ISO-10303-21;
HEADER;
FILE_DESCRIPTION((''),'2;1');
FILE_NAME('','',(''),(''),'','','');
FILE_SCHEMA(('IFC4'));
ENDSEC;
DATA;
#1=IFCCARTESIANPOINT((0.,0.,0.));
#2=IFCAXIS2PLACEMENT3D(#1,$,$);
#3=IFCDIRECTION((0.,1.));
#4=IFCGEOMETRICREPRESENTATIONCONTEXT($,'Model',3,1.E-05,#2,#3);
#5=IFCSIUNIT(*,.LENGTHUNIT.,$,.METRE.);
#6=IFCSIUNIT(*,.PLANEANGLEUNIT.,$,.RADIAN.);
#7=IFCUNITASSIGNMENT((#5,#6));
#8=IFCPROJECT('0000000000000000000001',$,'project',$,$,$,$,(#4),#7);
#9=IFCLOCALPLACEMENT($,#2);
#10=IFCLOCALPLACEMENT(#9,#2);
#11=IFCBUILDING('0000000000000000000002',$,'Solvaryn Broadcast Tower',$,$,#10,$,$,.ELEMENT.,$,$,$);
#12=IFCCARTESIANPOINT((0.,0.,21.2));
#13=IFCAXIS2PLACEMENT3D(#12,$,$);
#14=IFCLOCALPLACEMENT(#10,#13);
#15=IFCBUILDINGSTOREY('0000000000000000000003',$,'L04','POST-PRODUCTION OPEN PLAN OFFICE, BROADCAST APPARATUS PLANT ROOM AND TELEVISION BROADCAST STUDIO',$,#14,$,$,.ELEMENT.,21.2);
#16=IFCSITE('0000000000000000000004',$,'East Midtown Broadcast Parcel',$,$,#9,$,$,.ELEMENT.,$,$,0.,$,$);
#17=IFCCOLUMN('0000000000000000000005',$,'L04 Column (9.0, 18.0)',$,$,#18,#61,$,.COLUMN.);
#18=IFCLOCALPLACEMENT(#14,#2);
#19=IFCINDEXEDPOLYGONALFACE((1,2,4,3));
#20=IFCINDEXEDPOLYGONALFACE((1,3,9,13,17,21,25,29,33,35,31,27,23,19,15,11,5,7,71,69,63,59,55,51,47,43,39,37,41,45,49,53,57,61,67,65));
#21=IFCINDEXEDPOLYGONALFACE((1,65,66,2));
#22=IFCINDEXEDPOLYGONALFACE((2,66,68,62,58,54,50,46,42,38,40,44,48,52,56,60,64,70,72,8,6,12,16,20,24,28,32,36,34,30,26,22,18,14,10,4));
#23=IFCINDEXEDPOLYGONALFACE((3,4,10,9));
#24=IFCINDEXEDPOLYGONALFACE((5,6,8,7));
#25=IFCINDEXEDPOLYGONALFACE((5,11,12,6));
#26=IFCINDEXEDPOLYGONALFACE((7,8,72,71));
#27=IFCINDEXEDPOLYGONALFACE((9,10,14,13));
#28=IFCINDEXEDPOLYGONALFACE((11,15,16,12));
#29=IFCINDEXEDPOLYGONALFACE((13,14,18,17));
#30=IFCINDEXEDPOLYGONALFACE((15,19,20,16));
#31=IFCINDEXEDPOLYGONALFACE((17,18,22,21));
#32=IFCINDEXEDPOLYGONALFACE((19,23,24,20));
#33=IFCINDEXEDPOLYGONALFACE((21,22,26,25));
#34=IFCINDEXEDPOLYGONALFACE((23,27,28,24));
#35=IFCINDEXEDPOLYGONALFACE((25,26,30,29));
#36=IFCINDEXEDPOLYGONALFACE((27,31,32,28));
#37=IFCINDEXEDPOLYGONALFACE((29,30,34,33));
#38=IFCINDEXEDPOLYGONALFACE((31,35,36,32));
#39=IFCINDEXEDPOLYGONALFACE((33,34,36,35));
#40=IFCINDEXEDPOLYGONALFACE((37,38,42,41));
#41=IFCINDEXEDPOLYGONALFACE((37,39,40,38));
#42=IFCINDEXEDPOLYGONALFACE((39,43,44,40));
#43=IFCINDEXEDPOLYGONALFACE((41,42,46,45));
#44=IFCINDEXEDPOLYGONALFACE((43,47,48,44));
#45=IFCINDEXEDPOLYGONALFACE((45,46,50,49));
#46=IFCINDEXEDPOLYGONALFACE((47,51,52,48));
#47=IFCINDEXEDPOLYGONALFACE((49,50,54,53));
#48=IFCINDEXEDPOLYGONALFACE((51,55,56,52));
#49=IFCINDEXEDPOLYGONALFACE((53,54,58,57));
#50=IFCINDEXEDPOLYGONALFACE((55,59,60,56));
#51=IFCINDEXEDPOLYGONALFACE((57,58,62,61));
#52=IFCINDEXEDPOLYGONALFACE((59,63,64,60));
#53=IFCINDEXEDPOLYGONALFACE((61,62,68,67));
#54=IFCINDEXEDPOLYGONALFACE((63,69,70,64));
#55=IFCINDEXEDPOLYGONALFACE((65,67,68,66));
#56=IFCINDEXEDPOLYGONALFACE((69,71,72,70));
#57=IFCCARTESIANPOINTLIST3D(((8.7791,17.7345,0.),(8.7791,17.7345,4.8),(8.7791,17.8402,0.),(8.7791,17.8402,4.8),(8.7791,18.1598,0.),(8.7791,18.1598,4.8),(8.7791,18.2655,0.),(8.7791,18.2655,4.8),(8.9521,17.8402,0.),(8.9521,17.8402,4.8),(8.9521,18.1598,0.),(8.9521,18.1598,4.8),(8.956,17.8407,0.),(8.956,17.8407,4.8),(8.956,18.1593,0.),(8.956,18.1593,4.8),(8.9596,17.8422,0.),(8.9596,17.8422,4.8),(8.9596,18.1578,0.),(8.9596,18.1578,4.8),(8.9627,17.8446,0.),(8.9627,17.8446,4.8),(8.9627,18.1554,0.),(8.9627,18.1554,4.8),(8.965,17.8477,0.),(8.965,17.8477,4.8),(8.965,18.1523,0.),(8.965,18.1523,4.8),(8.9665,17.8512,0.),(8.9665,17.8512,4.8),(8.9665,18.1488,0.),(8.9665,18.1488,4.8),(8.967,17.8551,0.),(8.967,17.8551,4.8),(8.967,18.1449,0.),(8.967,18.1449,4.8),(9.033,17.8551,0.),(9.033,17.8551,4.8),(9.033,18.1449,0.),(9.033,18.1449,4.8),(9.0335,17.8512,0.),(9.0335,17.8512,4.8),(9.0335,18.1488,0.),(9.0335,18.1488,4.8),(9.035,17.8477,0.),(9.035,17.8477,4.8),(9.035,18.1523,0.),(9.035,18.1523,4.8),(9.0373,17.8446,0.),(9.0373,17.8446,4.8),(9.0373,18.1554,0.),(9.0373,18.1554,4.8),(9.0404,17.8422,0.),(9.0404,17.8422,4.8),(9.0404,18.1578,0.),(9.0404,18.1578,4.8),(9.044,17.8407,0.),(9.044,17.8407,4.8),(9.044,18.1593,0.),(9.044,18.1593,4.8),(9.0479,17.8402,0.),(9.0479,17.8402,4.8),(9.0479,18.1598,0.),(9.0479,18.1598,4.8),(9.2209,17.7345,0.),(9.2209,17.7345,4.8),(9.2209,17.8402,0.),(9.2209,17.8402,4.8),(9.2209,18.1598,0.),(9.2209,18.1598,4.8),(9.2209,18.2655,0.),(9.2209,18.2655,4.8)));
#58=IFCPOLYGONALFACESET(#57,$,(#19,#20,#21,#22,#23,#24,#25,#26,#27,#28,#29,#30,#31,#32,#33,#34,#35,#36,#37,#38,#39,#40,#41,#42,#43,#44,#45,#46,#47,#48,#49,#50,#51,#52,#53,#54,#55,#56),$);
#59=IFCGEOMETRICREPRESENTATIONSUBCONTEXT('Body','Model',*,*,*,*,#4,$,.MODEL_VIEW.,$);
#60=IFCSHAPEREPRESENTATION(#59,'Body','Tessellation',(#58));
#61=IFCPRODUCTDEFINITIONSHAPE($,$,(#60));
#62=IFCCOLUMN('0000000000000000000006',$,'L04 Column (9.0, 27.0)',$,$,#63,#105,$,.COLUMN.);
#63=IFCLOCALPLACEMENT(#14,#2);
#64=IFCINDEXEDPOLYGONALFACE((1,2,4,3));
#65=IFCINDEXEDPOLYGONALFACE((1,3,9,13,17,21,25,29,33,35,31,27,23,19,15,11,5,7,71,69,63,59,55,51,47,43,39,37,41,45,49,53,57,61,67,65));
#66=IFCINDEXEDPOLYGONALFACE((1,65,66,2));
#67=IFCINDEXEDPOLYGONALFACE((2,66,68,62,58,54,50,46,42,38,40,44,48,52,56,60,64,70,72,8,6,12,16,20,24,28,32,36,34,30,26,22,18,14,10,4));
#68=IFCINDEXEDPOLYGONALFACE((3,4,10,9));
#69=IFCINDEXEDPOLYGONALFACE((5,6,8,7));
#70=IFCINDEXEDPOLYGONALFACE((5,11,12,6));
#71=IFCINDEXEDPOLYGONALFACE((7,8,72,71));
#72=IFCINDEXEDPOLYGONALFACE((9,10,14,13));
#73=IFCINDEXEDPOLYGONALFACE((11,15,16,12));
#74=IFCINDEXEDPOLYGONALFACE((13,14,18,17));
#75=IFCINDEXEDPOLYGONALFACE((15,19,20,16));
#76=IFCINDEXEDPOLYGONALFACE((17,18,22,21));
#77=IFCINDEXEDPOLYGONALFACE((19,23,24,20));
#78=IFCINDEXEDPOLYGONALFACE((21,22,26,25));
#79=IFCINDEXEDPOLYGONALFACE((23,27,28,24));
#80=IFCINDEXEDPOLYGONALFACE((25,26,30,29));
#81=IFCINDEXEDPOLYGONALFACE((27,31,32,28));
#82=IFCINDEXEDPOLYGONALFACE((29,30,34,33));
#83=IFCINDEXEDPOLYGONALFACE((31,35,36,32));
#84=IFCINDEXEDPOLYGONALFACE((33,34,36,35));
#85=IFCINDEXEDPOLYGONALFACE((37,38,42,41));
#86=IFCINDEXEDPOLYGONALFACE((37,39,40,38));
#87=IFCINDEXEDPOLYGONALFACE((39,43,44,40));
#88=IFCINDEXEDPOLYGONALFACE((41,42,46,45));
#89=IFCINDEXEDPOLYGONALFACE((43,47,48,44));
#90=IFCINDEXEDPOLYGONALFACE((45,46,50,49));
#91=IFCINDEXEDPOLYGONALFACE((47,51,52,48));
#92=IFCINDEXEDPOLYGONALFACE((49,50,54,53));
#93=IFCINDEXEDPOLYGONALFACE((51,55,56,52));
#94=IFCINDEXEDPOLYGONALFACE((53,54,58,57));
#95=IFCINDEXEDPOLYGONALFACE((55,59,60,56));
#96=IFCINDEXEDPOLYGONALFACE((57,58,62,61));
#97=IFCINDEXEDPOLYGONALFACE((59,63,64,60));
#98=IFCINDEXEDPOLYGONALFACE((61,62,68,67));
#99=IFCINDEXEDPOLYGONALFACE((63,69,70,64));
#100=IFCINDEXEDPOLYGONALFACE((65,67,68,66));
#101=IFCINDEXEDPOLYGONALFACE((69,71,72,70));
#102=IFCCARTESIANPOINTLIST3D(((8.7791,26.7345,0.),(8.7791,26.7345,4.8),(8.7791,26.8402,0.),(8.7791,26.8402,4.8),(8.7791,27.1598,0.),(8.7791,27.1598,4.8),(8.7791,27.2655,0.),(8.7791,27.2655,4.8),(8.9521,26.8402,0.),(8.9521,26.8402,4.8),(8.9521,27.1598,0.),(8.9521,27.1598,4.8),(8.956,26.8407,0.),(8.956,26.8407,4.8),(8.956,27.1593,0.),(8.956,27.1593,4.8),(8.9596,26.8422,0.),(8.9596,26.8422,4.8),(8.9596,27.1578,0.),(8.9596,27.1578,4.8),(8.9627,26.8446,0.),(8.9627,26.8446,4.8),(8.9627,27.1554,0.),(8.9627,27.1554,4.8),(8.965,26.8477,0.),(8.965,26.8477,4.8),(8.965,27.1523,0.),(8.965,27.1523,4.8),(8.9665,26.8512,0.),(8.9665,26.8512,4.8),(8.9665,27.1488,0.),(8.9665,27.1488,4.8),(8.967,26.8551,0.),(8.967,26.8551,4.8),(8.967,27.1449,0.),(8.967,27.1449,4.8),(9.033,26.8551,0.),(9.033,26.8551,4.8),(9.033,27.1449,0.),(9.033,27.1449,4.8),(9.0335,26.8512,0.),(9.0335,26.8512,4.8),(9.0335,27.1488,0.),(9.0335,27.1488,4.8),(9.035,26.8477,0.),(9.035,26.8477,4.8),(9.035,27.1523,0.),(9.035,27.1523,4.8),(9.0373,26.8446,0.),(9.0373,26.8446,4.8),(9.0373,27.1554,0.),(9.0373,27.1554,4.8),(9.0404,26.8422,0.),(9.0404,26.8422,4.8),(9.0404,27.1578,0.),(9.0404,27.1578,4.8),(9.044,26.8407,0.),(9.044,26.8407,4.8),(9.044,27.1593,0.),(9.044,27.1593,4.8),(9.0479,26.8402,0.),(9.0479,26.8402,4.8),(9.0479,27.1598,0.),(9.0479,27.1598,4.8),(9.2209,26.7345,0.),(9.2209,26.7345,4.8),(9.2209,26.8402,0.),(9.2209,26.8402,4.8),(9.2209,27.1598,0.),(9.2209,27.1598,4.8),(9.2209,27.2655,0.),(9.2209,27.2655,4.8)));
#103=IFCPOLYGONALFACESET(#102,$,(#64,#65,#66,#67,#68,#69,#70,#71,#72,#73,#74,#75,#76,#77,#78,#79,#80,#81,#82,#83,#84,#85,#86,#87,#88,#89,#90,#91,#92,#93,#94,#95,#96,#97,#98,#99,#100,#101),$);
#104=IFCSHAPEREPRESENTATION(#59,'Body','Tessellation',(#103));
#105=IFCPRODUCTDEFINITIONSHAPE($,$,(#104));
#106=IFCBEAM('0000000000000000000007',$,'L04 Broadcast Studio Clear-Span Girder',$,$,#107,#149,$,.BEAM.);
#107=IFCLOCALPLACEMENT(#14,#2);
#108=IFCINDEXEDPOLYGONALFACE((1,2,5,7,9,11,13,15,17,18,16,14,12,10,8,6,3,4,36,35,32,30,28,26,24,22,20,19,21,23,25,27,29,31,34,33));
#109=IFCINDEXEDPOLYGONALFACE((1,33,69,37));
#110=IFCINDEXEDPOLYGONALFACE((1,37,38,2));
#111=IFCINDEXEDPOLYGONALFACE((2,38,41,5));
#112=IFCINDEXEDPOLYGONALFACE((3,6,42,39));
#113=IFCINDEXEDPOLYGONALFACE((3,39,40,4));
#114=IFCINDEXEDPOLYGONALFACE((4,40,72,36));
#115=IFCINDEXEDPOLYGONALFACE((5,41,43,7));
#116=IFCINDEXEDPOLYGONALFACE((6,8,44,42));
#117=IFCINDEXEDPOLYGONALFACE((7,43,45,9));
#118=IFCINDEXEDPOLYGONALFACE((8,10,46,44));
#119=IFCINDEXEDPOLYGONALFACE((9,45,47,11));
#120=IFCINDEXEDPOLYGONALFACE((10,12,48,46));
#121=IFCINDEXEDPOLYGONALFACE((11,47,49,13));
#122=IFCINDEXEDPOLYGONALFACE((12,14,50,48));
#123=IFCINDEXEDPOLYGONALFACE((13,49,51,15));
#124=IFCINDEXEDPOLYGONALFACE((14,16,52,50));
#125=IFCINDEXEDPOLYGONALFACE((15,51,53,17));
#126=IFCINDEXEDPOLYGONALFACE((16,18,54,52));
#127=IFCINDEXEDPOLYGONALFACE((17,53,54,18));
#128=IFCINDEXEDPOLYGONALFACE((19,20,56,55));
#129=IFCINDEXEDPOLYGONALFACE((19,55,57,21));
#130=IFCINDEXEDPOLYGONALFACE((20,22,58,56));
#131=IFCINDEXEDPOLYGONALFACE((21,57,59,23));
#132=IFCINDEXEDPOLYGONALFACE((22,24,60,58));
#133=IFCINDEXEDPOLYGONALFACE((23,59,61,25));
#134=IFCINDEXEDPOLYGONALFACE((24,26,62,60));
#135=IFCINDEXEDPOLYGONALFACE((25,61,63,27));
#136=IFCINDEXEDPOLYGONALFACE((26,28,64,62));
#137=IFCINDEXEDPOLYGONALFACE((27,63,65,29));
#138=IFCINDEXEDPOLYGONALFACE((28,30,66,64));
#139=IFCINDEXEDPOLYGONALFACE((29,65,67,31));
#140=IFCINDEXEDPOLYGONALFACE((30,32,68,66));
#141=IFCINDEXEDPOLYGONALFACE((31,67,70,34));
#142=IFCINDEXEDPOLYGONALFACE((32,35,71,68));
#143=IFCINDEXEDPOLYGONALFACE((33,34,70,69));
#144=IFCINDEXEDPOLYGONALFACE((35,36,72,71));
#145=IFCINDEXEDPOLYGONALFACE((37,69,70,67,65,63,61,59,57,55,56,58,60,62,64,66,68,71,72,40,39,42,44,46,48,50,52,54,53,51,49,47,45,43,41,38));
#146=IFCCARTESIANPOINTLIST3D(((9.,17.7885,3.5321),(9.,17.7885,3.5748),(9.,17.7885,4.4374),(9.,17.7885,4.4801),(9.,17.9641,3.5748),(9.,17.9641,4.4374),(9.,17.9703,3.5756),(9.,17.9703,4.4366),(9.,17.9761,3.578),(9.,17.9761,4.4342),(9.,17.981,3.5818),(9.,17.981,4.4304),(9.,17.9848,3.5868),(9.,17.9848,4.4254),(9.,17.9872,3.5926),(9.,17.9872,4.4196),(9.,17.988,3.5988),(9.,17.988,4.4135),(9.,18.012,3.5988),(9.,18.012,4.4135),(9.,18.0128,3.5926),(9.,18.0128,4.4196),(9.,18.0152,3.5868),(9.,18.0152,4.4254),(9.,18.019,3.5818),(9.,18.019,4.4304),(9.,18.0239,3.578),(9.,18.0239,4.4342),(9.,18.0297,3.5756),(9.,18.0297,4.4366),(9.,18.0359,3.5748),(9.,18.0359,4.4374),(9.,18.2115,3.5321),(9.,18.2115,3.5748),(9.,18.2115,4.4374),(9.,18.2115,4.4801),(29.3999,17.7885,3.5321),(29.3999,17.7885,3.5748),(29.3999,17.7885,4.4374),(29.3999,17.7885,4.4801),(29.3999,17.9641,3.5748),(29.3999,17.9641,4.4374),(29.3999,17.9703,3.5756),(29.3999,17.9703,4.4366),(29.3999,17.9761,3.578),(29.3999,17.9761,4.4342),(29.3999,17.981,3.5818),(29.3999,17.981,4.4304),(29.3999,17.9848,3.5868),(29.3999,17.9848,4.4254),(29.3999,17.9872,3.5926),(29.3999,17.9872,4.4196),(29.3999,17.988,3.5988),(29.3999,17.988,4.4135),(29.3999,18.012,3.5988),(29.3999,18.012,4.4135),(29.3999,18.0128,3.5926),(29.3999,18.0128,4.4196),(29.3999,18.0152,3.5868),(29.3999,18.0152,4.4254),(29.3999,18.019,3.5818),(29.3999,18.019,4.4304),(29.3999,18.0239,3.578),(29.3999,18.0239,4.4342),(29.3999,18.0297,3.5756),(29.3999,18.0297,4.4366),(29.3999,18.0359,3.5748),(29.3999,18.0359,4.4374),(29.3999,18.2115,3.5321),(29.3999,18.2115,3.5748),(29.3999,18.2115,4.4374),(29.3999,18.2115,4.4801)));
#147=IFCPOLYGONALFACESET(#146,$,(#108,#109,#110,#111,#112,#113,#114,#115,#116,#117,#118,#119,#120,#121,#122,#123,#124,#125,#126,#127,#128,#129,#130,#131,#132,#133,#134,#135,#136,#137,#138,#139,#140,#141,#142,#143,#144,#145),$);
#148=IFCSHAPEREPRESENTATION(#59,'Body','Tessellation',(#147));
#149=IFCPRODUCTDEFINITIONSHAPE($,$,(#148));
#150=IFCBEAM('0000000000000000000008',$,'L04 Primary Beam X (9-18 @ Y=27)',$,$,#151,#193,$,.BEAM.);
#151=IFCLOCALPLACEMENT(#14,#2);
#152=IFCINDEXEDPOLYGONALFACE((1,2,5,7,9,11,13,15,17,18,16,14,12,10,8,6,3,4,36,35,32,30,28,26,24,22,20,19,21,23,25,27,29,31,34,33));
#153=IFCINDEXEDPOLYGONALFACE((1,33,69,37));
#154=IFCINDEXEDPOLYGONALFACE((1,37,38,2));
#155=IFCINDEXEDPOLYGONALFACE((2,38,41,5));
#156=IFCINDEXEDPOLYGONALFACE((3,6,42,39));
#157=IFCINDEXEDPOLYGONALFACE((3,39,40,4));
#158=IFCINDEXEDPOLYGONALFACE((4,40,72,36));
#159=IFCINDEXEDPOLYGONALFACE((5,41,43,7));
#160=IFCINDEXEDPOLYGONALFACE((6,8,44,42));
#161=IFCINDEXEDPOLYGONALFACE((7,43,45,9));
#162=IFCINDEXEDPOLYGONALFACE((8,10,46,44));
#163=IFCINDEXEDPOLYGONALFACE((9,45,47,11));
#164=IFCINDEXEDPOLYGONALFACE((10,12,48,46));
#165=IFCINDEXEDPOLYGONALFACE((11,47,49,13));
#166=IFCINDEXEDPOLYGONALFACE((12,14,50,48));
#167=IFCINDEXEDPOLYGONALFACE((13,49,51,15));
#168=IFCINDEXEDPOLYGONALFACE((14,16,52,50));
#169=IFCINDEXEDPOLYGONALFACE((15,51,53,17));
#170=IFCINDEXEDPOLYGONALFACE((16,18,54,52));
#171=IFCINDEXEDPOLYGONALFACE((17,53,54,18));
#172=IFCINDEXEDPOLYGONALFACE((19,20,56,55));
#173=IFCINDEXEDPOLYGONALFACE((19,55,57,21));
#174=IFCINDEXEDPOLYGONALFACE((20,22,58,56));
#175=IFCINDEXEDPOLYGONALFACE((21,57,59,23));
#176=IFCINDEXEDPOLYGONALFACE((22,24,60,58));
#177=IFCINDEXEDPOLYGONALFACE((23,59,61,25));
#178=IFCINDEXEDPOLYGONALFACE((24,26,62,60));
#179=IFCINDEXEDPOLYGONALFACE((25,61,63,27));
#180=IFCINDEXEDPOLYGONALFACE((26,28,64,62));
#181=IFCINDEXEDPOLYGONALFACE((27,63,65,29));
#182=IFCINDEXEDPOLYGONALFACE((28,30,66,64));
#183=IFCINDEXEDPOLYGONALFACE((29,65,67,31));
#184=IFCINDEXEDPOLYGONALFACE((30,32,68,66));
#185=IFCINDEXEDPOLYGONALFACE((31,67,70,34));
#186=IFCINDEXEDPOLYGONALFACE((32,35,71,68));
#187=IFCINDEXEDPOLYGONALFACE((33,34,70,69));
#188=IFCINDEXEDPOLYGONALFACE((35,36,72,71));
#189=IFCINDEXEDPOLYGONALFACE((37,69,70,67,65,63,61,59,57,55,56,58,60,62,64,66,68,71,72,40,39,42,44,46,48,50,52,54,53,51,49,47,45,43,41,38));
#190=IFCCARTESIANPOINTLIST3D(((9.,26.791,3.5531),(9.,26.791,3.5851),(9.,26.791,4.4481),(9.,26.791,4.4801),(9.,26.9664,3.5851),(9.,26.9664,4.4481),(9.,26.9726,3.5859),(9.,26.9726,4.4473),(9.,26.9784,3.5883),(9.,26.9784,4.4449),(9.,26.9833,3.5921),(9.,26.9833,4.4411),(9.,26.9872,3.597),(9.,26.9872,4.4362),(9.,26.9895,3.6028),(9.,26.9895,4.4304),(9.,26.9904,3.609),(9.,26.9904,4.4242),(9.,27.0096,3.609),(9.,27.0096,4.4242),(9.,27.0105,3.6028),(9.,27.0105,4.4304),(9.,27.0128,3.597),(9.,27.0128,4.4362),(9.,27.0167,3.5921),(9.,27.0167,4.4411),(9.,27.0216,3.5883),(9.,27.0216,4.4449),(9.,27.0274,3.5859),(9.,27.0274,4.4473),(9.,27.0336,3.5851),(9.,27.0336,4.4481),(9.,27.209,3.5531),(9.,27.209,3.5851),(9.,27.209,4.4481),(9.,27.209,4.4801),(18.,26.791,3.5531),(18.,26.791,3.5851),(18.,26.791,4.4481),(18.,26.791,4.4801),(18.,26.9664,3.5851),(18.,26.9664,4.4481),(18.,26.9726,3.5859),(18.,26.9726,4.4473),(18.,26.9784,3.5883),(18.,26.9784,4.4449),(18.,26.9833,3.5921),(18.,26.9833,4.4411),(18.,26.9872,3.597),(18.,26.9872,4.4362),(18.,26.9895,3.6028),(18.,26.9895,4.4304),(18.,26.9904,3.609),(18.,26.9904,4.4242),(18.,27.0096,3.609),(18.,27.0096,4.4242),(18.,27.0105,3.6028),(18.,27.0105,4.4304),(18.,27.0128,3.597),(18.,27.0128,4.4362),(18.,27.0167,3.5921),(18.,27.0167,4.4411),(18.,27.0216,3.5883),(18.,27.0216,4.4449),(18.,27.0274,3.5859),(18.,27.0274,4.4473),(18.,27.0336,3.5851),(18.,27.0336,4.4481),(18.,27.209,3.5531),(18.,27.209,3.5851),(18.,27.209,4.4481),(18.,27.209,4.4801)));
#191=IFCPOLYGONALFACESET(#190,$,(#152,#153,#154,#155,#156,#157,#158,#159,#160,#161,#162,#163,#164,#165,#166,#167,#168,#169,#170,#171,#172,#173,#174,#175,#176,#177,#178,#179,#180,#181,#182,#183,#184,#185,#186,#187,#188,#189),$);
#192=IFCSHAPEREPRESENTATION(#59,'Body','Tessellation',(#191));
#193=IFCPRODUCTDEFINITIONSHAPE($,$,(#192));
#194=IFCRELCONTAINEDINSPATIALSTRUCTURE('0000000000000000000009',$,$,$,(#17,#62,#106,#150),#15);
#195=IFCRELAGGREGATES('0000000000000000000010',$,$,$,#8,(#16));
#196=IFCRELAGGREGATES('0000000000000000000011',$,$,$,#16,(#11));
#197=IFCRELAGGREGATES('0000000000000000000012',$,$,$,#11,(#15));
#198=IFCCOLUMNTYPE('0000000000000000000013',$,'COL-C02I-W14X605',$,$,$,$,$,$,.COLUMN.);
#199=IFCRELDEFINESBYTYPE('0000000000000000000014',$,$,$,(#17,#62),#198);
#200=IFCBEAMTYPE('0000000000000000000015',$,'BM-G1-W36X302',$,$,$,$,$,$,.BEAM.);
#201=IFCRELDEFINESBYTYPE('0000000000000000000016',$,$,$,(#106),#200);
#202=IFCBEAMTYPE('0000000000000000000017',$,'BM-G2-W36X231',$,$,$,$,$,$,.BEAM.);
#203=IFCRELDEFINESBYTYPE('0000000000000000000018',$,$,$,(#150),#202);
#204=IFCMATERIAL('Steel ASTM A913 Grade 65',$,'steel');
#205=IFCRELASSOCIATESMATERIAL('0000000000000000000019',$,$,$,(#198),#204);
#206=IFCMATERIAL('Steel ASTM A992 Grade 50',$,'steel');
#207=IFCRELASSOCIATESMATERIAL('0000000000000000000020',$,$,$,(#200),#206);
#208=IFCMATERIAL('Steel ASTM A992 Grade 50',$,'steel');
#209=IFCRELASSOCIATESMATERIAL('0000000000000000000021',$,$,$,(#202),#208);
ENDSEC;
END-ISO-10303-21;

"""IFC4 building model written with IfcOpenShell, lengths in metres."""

from ifc_helpers import new_model, si_unit, direction, frame, origin, origin_2d, place, context, subcontext, project, spatial, i_section, extrude, material, material_profile, profile_set, type_object, element, save


model = new_model("IFC4")

# Units and contexts
model_context = context("Model", 3, precision=1e-05, world=origin(), true_north=direction((0.0, 1.0)))
body_context = subcontext(model_context, "Body", "Model", "MODEL_VIEW")
ifc_project = project(units=[si_unit("LENGTHUNIT", "METRE"), si_unit("PLANEANGLEUNIT", "RADIAN")], contexts=[model_context])

# Site, building, storey
site_placement = place(None, origin())
site = spatial("IfcSite", under=ifc_project, at=site_placement, Name="East Midtown Broadcast Parcel", CompositionType="ELEMENT", RefElevation=0.0)
building_placement = place(site_placement, origin())
building = spatial("IfcBuilding", under=site, at=building_placement, Name="Solvaryn Broadcast Tower", CompositionType="ELEMENT")
storey_placement = place(building_placement, frame((0.0, 0.0, 21.2)))
storey = spatial("IfcBuildingStorey", under=building, at=storey_placement, Name="L04", Description="POST-PRODUCTION OPEN PLAN OFFICE, BROADCAST APPARATUS PLANT ROOM AND TELEVISION BROADCAST STUDIO", CompositionType="ELEMENT", Elevation=21.2)

# Columns
ifc_material_1 = material(Name="Steel ASTM A913 Grade 65", Category="steel")
ifc_material_profile_1 = material_profile(ifc_material_1, i_section(OverallWidth=0.4419, OverallDepth=0.531, WebThickness=0.0659, FlangeThickness=0.1057, FilletRadius=0.0149, at=origin_2d()))
ifc_profile_set_1 = profile_set([ifc_material_profile_1], Name="Steel ASTM A913 Grade 65")
column_type = type_object("IfcColumnType", Name="COL-C02I-W14X605", PredefinedType="COLUMN", material=ifc_profile_set_1)
for number, where, z_axis, x_axis, name in (
    (1, (9.0, 18.0, 0.0), (0.0, 0.0, 1.0), (1.0, 0.0, 0.0), "L04 Column (9.0, 18.0)"),
    (2, (9.0, 27.0, 0.0), (0.0, 0.0, 1.0), (1.0, 0.0, 0.0), "L04 Column (9.0, 27.0)"),
):
    element("IfcColumn", number, at=place(storey_placement, frame(where, z_axis=z_axis, x_axis=x_axis)), inside=storey, type_object=column_type, Name=name, PredefinedType="COLUMN", context=body_context, shape_type="SweptSolid", body=[
        extrude(i_section(OverallWidth=0.4419, OverallDepth=0.531, WebThickness=0.0659, FlangeThickness=0.1057, FilletRadius=0.0149, at=origin_2d()), origin(), (0.0, 0.0, 1.0), 4.8),
    ])

# Beams
ifc_material_2 = material(Name="Steel ASTM A992 Grade 50", Category="steel")
ifc_material_profile_2 = material_profile(ifc_material_2, i_section(OverallWidth=0.4231, OverallDepth=0.948, WebThickness=0.0239, FlangeThickness=0.0427, FilletRadius=0.0239, at=origin_2d()))
ifc_profile_set_2 = profile_set([ifc_material_profile_2], Name="Steel ASTM A992 Grade 50")
beam_type_1 = type_object("IfcBeamType", Name="BM-G1-W36X302", PredefinedType="BEAM", material=ifc_profile_set_2)
beam_1_placement = place(storey_placement, frame((9.0, 18.0, 4.0061), z_axis=(1.0, 0.0, 0.0), x_axis=(0.0, 1.0, 0.0)))
element("IfcBeam", 3, at=beam_1_placement, inside=storey, type_object=beam_type_1, Name="L04 Broadcast Studio Clear-Span Girder", PredefinedType="BEAM", context=body_context, shape_type="SweptSolid", body=[
    extrude(i_section(OverallWidth=0.4231, OverallDepth=0.948, WebThickness=0.0239, FlangeThickness=0.0427, FilletRadius=0.0239, at=origin_2d()), origin(), (0.0, 0.0, 1.0), 20.3999),
])
ifc_material_3 = material(Name="Steel ASTM A992 Grade 50", Category="steel")
ifc_material_profile_3 = material_profile(ifc_material_3, i_section(OverallWidth=0.418, OverallDepth=0.927, WebThickness=0.0193, FlangeThickness=0.032, FilletRadius=0.0239, at=origin_2d()))
ifc_profile_set_3 = profile_set([ifc_material_profile_3], Name="Steel ASTM A992 Grade 50")
beam_type_2 = type_object("IfcBeamType", Name="BM-G2-W36X231", PredefinedType="BEAM", material=ifc_profile_set_3)
beam_2_placement = place(storey_placement, frame((9.0, 27.0, 4.0166), z_axis=(1.0, 0.0, 0.0), x_axis=(0.0, 1.0, 0.0)))
element("IfcBeam", 4, at=beam_2_placement, inside=storey, type_object=beam_type_2, Name="L04 Primary Beam X (9-18 @ Y=27)", PredefinedType="BEAM", context=body_context, shape_type="SweptSolid", body=[
    extrude(i_section(OverallWidth=0.418, OverallDepth=0.927, WebThickness=0.0193, FlangeThickness=0.032, FilletRadius=0.0239, at=origin_2d()), origin(), (0.0, 0.0, 1.0), 9.0),
])

save(model, "model.ifc")
